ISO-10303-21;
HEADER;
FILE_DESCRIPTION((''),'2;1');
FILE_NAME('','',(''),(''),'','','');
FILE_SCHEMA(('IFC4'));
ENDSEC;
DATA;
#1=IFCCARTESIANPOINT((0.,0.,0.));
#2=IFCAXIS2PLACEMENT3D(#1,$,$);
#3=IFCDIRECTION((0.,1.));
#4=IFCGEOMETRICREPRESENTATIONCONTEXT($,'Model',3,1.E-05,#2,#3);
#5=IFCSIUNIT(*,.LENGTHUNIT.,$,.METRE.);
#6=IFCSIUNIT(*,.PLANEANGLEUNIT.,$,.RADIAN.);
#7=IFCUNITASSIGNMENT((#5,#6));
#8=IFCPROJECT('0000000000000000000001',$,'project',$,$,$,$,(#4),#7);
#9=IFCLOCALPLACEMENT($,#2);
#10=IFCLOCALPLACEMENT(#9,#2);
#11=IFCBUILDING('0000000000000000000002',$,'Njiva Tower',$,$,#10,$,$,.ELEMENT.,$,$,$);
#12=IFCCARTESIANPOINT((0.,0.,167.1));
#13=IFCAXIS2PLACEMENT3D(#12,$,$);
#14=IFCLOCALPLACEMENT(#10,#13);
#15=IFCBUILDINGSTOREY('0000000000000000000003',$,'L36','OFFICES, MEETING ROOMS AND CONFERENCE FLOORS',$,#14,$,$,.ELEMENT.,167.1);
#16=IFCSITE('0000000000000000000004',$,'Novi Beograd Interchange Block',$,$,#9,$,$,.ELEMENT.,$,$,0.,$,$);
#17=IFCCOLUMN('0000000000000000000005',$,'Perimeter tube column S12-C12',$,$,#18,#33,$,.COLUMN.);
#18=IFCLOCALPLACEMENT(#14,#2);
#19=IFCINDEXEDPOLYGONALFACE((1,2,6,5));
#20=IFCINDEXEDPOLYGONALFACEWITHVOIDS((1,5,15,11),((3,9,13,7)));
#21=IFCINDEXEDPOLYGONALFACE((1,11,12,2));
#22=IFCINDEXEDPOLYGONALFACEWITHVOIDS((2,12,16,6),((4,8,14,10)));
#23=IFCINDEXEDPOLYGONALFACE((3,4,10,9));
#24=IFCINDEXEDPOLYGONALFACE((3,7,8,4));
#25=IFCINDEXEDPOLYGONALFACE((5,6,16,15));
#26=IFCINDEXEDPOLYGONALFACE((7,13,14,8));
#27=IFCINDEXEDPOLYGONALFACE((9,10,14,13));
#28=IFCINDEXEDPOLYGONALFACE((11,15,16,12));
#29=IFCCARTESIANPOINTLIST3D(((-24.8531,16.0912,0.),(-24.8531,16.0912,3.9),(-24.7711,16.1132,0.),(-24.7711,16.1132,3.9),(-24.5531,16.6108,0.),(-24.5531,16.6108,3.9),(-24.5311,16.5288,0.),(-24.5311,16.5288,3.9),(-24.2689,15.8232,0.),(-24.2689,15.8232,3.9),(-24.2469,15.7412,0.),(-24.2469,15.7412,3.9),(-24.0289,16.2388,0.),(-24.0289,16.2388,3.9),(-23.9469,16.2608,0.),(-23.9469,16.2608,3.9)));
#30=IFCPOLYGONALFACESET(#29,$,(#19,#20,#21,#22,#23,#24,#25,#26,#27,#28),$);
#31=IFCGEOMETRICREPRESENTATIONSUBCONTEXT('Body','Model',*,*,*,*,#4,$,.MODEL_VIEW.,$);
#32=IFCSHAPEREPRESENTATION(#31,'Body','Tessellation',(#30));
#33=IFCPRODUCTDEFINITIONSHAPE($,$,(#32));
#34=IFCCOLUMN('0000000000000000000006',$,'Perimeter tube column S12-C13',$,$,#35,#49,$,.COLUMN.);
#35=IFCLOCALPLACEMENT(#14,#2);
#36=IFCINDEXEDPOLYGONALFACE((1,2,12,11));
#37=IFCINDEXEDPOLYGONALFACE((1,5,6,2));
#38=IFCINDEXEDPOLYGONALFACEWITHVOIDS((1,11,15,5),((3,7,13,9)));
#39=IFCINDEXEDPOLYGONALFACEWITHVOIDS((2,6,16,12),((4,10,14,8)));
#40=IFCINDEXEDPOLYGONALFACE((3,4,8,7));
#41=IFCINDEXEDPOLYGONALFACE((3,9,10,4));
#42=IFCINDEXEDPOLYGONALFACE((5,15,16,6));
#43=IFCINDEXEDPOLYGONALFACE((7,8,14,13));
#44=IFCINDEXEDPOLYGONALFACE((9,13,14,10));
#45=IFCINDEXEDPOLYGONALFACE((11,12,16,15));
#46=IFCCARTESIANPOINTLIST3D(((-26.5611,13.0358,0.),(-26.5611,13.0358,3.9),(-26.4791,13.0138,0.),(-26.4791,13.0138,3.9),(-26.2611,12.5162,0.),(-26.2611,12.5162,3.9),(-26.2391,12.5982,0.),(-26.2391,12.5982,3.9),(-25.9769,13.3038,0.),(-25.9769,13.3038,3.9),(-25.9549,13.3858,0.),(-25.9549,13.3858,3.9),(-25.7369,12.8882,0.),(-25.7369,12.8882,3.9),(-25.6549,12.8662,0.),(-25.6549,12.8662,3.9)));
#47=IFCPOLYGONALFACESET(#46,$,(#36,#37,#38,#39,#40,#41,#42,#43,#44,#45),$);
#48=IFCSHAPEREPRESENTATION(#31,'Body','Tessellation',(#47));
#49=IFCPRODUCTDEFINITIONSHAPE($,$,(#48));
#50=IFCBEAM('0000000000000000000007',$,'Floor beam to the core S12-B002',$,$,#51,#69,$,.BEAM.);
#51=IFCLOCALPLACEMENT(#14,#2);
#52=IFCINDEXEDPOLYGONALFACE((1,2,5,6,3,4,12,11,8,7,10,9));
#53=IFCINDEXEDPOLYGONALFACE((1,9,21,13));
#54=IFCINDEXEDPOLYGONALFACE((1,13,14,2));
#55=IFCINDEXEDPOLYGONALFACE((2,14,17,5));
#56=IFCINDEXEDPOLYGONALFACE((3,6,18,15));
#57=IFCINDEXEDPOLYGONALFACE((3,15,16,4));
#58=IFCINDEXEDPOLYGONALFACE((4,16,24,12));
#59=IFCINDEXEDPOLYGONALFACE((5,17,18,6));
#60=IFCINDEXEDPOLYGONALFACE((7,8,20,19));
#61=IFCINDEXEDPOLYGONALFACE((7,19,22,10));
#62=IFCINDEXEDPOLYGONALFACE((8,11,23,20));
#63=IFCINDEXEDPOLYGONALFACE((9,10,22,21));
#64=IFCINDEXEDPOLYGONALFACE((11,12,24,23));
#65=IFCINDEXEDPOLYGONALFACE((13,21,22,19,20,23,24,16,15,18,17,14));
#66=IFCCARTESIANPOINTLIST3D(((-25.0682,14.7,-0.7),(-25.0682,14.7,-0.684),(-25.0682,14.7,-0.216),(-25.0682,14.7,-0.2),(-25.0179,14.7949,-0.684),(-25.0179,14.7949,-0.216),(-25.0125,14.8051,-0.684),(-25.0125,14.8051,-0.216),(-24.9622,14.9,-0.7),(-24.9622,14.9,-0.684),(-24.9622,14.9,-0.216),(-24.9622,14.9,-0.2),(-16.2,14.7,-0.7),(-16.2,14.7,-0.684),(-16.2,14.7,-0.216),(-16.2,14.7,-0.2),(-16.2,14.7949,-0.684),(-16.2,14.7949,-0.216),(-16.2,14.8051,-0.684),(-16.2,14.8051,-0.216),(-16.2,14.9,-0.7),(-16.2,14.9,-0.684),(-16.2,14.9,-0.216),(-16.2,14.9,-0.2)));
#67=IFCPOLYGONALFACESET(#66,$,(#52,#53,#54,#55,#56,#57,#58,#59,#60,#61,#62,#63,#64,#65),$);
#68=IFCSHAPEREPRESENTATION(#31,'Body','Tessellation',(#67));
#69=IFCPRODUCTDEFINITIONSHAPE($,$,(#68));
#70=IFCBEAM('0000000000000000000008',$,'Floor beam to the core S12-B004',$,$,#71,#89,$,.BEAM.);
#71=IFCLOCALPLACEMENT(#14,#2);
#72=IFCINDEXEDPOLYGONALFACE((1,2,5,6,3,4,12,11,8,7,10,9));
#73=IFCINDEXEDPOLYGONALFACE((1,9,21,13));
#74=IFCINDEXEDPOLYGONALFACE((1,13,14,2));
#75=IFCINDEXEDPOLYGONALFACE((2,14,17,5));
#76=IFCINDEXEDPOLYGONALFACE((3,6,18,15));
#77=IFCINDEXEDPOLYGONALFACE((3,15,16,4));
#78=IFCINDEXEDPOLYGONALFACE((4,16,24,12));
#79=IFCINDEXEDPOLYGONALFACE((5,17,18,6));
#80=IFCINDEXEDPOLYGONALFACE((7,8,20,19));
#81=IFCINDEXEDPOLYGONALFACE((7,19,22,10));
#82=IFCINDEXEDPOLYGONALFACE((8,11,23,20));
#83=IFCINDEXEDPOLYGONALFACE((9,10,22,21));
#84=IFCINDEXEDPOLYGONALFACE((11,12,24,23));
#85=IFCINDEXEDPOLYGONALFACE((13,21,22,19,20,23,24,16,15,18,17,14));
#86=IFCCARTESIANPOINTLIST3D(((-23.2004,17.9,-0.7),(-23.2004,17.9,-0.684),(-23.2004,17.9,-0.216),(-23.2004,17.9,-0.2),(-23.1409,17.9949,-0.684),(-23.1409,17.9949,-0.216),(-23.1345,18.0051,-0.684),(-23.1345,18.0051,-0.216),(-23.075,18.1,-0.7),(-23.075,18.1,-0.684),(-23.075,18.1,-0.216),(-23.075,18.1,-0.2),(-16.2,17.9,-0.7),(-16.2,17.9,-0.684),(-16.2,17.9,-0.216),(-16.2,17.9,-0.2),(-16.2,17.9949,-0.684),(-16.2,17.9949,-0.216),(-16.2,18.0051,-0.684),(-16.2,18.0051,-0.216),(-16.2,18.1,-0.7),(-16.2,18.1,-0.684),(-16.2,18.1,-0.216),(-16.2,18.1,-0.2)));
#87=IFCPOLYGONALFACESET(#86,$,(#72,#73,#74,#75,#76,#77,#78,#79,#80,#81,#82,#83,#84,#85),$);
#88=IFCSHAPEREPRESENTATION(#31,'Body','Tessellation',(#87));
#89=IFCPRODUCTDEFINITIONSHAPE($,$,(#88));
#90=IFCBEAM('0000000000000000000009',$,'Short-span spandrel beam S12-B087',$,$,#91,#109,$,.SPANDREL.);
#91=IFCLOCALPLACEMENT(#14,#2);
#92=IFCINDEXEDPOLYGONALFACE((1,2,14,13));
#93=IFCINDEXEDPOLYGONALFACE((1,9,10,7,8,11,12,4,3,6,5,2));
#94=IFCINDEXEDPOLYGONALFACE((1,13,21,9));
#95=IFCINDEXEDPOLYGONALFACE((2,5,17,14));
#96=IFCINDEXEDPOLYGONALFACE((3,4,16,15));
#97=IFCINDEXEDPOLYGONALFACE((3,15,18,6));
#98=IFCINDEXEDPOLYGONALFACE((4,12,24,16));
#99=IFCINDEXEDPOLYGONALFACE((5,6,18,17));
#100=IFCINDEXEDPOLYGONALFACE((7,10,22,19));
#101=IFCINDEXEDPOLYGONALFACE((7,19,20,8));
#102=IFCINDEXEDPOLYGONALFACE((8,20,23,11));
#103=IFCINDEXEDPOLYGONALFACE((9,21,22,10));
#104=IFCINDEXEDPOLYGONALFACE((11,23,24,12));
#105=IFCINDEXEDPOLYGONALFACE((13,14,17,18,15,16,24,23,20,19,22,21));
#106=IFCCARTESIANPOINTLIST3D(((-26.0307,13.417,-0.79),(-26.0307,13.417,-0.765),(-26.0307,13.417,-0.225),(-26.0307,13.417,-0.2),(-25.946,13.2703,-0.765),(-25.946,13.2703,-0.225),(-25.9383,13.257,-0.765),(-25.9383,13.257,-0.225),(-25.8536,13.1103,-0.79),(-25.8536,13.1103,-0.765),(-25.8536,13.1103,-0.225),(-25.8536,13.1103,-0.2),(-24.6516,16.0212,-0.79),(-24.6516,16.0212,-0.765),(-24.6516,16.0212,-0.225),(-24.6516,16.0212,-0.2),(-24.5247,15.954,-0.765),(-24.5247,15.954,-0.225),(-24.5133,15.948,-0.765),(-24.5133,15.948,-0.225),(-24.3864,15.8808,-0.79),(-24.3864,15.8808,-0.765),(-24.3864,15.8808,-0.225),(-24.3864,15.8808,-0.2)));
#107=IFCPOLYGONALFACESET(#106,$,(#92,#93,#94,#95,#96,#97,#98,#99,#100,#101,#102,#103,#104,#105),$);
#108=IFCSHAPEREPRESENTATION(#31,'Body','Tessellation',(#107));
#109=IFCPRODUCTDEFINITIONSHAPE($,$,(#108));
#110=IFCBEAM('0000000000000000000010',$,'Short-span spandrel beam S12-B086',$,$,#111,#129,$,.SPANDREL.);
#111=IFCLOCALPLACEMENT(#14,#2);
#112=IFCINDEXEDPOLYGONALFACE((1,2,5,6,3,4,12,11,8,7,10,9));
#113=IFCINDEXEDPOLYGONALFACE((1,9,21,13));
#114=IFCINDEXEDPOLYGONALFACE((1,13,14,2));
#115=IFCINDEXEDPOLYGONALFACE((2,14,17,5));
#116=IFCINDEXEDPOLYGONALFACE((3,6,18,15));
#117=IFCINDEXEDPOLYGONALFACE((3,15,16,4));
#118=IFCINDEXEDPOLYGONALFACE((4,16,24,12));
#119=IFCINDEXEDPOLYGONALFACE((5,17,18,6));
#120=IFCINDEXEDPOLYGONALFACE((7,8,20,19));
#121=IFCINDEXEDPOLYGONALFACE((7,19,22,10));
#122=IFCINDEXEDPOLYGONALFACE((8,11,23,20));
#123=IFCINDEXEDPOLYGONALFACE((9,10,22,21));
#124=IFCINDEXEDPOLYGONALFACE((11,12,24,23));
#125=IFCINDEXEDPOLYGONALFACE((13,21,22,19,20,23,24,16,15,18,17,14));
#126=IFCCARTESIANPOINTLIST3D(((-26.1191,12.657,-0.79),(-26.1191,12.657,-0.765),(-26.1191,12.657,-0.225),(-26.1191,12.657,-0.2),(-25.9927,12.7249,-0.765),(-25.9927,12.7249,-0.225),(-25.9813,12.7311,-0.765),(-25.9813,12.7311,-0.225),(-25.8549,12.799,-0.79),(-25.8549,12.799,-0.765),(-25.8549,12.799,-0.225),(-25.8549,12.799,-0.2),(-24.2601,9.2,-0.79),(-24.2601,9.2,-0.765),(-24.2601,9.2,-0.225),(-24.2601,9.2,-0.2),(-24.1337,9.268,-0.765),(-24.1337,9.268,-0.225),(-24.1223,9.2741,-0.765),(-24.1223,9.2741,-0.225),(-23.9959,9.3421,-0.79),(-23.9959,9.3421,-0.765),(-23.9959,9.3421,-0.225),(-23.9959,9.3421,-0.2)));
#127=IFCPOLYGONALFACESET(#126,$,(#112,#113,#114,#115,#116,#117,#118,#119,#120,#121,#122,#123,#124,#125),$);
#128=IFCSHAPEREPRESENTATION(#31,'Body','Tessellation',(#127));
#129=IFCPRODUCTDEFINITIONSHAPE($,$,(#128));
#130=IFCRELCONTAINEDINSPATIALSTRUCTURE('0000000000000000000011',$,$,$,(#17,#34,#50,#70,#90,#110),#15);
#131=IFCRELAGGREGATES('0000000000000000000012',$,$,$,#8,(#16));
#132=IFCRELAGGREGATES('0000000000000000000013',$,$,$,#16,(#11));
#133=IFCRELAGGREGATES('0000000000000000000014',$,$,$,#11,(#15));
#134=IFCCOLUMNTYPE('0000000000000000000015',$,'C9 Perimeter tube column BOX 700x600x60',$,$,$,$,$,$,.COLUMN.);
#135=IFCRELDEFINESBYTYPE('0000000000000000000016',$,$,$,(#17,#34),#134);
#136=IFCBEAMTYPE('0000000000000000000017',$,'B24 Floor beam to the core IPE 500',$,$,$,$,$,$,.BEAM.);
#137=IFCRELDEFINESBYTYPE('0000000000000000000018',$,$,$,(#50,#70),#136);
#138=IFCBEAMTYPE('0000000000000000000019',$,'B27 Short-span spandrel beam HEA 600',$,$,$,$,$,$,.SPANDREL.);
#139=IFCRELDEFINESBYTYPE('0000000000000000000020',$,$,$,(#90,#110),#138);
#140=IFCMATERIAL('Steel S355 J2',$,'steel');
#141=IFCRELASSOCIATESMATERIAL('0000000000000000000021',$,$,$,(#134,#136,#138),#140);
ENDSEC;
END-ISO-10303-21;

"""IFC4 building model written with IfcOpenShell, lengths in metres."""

from ifc_helpers import new_model, si_unit, direction, frame, origin, origin_2d, place, context, subcontext, project, spatial, hollow_rectangle, i_section, extrude, clip, halfspace, material, material_profile, profile_set, type_object, element, save


model = new_model("IFC4")

# Units and contexts
model_context = context("Model", 3, precision=1e-05, world=origin(), true_north=direction((0.0, 1.0)))
body_context = subcontext(model_context, "Body", "Model", "MODEL_VIEW")
ifc_project = project(units=[si_unit("LENGTHUNIT", "METRE"), si_unit("PLANEANGLEUNIT", "RADIAN")], contexts=[model_context])

# Site, building, storey
site_placement = place(None, origin())
site = spatial("IfcSite", under=ifc_project, at=site_placement, Name="Novi Beograd Interchange Block", CompositionType="ELEMENT", RefElevation=0.0)
building_placement = place(site_placement, origin())
building = spatial("IfcBuilding", under=site, at=building_placement, Name="Njiva Tower", CompositionType="ELEMENT")
storey_placement = place(building_placement, frame((0.0, 0.0, 167.1)))
storey = spatial("IfcBuildingStorey", under=building, at=storey_placement, Name="L36", Description="OFFICES, MEETING ROOMS AND CONFERENCE FLOORS", CompositionType="ELEMENT", Elevation=167.1)

# Columns
ifc_material_1 = material(Name="Steel S355 J2", Category="steel")
ifc_material_profile_1 = material_profile(ifc_material_1, hollow_rectangle(XDim=0.6, YDim=0.7, WallThickness=0.06, at=origin_2d()), Name="BOX 700x600x60")
ifc_profile_set_1 = profile_set([ifc_material_profile_1], Name="Steel S355 J2")
column_type = type_object("IfcColumnType", Name="C9 Perimeter tube column BOX 700x600x60", PredefinedType="COLUMN", material=ifc_profile_set_1)
for number, where, z_axis, x_axis, name in (
    (1, (-24.4, 16.176, 0.0), (0.0, 0.0, 1.0), (-0.5, -0.866025, 0.0), "Perimeter tube column S12-C12"),
    (2, (-26.108, 12.951, 0.0), (0.0, 0.0, 1.0), (0.5, -0.866025, 0.0), "Perimeter tube column S12-C13"),
):
    element("IfcColumn", number, at=place(storey_placement, frame(where, z_axis=z_axis, x_axis=x_axis)), inside=storey, type_object=column_type, Name=name, PredefinedType="COLUMN", context=body_context, shape_type="SweptSolid", body=[
        extrude(hollow_rectangle(XDim=0.6, YDim=0.7, WallThickness=0.06, at=origin_2d()), origin(), (0.0, 0.0, 1.0), 3.9),
    ])

# Beams
ifc_material_profile_2 = material_profile(ifc_material_1, i_section(OverallWidth=0.2, OverallDepth=0.5, WebThickness=0.0102, FlangeThickness=0.016, at=origin_2d()), Name="IPE 500")
ifc_profile_set_2 = profile_set([ifc_material_profile_2], Name="Steel S355 J2")
beam_type_1 = type_object("IfcBeamType", Name="B24 Floor beam to the core IPE 500", PredefinedType="BEAM", material=ifc_profile_set_2)
beam_1_placement = place(storey_placement, frame((-25.088, 14.8, -0.45), z_axis=(1.0, 0.0, 0.0), x_axis=(0.0, 1.0, 0.0)))
element("IfcBeam", 3, at=beam_1_placement, inside=storey, type_object=beam_type_1, Name="Floor beam to the core S12-B002", PredefinedType="BEAM", context=body_context, shape_type="Clipping", body=[
    clip(extrude(i_section(OverallWidth=0.2, OverallDepth=0.5, WebThickness=0.0102, FlangeThickness=0.016, at=origin_2d()), origin(), (0.0, 0.0, 1.0), 8.888), halfspace(frame((0.0234, 0.0, 0.0852), z_axis=(0.468071, 0.0, -0.883691), x_axis=(0.0, -1.0, 0.0)), False)),
])
beam_2_placement = place(storey_placement, frame((-23.221, 18.0, -0.45), z_axis=(1.0, 0.0, 0.0), x_axis=(0.0, 1.0, 0.0)))
element("IfcBeam", 4, at=beam_2_placement, inside=storey, type_object=beam_type_1, Name="Floor beam to the core S12-B004", PredefinedType="BEAM", context=body_context, shape_type="Clipping", body=[
    clip(extrude(i_section(OverallWidth=0.2, OverallDepth=0.5, WebThickness=0.0102, FlangeThickness=0.016, at=origin_2d()), origin(), (0.0, 0.0, 1.0), 7.021), halfspace(frame((0.0266, 0.0, 0.1), z_axis=(0.531259, 0.0, -0.847209), x_axis=(0.0, -1.0, 0.0)), False)),
])
ifc_material_profile_3 = material_profile(ifc_material_1, i_section(OverallWidth=0.3, OverallDepth=0.59, WebThickness=0.013, FlangeThickness=0.025, at=origin_2d()), Name="HEA 600")
ifc_profile_set_3 = profile_set([ifc_material_profile_3], Name="Steel S355 J2")
beam_type_2 = type_object("IfcBeamType", Name="B27 Short-span spandrel beam HEA 600", PredefinedType="SPANDREL", material=ifc_profile_set_3)
beam_3_placement = place(storey_placement, frame((-24.519, 15.951, -0.495), z_axis=(-0.468009, -0.883724, 0.0), x_axis=(0.883724, -0.468009, 0.0)))
element("IfcBeam", 5, at=beam_3_placement, inside=storey, type_object=beam_type_2, Name="Short-span spandrel beam S12-B087", PredefinedType="SPANDREL", context=body_context, shape_type="Clipping", body=[
    clip(extrude(i_section(OverallWidth=0.3, OverallDepth=0.59, WebThickness=0.013, FlangeThickness=0.025, at=origin_2d()), origin(), (0.0, 0.0, 1.0), 3.1545), halfspace(frame((-0.0265, 0.0, 3.0243), z_axis=(-0.531325, 0.0, 0.847168), x_axis=(0.0, 1.0, 0.0)), False)),
])
beam_4_placement = place(storey_placement, frame((-25.987, 12.728, -0.495), z_axis=(0.473614, -0.880733, 0.0), x_axis=(0.880733, 0.473614, 0.0)))
element("IfcBeam", 6, at=beam_4_placement, inside=storey, type_object=beam_type_2, Name="Short-span spandrel beam S12-B086", PredefinedType="SPANDREL", context=body_context, shape_type="SweptSolid", body=[
    extrude(i_section(OverallWidth=0.3, OverallDepth=0.59, WebThickness=0.013, FlangeThickness=0.025, at=origin_2d()), origin(), (0.0, 0.0, 1.0), 3.9251),
])

save(model, "model.ifc")
